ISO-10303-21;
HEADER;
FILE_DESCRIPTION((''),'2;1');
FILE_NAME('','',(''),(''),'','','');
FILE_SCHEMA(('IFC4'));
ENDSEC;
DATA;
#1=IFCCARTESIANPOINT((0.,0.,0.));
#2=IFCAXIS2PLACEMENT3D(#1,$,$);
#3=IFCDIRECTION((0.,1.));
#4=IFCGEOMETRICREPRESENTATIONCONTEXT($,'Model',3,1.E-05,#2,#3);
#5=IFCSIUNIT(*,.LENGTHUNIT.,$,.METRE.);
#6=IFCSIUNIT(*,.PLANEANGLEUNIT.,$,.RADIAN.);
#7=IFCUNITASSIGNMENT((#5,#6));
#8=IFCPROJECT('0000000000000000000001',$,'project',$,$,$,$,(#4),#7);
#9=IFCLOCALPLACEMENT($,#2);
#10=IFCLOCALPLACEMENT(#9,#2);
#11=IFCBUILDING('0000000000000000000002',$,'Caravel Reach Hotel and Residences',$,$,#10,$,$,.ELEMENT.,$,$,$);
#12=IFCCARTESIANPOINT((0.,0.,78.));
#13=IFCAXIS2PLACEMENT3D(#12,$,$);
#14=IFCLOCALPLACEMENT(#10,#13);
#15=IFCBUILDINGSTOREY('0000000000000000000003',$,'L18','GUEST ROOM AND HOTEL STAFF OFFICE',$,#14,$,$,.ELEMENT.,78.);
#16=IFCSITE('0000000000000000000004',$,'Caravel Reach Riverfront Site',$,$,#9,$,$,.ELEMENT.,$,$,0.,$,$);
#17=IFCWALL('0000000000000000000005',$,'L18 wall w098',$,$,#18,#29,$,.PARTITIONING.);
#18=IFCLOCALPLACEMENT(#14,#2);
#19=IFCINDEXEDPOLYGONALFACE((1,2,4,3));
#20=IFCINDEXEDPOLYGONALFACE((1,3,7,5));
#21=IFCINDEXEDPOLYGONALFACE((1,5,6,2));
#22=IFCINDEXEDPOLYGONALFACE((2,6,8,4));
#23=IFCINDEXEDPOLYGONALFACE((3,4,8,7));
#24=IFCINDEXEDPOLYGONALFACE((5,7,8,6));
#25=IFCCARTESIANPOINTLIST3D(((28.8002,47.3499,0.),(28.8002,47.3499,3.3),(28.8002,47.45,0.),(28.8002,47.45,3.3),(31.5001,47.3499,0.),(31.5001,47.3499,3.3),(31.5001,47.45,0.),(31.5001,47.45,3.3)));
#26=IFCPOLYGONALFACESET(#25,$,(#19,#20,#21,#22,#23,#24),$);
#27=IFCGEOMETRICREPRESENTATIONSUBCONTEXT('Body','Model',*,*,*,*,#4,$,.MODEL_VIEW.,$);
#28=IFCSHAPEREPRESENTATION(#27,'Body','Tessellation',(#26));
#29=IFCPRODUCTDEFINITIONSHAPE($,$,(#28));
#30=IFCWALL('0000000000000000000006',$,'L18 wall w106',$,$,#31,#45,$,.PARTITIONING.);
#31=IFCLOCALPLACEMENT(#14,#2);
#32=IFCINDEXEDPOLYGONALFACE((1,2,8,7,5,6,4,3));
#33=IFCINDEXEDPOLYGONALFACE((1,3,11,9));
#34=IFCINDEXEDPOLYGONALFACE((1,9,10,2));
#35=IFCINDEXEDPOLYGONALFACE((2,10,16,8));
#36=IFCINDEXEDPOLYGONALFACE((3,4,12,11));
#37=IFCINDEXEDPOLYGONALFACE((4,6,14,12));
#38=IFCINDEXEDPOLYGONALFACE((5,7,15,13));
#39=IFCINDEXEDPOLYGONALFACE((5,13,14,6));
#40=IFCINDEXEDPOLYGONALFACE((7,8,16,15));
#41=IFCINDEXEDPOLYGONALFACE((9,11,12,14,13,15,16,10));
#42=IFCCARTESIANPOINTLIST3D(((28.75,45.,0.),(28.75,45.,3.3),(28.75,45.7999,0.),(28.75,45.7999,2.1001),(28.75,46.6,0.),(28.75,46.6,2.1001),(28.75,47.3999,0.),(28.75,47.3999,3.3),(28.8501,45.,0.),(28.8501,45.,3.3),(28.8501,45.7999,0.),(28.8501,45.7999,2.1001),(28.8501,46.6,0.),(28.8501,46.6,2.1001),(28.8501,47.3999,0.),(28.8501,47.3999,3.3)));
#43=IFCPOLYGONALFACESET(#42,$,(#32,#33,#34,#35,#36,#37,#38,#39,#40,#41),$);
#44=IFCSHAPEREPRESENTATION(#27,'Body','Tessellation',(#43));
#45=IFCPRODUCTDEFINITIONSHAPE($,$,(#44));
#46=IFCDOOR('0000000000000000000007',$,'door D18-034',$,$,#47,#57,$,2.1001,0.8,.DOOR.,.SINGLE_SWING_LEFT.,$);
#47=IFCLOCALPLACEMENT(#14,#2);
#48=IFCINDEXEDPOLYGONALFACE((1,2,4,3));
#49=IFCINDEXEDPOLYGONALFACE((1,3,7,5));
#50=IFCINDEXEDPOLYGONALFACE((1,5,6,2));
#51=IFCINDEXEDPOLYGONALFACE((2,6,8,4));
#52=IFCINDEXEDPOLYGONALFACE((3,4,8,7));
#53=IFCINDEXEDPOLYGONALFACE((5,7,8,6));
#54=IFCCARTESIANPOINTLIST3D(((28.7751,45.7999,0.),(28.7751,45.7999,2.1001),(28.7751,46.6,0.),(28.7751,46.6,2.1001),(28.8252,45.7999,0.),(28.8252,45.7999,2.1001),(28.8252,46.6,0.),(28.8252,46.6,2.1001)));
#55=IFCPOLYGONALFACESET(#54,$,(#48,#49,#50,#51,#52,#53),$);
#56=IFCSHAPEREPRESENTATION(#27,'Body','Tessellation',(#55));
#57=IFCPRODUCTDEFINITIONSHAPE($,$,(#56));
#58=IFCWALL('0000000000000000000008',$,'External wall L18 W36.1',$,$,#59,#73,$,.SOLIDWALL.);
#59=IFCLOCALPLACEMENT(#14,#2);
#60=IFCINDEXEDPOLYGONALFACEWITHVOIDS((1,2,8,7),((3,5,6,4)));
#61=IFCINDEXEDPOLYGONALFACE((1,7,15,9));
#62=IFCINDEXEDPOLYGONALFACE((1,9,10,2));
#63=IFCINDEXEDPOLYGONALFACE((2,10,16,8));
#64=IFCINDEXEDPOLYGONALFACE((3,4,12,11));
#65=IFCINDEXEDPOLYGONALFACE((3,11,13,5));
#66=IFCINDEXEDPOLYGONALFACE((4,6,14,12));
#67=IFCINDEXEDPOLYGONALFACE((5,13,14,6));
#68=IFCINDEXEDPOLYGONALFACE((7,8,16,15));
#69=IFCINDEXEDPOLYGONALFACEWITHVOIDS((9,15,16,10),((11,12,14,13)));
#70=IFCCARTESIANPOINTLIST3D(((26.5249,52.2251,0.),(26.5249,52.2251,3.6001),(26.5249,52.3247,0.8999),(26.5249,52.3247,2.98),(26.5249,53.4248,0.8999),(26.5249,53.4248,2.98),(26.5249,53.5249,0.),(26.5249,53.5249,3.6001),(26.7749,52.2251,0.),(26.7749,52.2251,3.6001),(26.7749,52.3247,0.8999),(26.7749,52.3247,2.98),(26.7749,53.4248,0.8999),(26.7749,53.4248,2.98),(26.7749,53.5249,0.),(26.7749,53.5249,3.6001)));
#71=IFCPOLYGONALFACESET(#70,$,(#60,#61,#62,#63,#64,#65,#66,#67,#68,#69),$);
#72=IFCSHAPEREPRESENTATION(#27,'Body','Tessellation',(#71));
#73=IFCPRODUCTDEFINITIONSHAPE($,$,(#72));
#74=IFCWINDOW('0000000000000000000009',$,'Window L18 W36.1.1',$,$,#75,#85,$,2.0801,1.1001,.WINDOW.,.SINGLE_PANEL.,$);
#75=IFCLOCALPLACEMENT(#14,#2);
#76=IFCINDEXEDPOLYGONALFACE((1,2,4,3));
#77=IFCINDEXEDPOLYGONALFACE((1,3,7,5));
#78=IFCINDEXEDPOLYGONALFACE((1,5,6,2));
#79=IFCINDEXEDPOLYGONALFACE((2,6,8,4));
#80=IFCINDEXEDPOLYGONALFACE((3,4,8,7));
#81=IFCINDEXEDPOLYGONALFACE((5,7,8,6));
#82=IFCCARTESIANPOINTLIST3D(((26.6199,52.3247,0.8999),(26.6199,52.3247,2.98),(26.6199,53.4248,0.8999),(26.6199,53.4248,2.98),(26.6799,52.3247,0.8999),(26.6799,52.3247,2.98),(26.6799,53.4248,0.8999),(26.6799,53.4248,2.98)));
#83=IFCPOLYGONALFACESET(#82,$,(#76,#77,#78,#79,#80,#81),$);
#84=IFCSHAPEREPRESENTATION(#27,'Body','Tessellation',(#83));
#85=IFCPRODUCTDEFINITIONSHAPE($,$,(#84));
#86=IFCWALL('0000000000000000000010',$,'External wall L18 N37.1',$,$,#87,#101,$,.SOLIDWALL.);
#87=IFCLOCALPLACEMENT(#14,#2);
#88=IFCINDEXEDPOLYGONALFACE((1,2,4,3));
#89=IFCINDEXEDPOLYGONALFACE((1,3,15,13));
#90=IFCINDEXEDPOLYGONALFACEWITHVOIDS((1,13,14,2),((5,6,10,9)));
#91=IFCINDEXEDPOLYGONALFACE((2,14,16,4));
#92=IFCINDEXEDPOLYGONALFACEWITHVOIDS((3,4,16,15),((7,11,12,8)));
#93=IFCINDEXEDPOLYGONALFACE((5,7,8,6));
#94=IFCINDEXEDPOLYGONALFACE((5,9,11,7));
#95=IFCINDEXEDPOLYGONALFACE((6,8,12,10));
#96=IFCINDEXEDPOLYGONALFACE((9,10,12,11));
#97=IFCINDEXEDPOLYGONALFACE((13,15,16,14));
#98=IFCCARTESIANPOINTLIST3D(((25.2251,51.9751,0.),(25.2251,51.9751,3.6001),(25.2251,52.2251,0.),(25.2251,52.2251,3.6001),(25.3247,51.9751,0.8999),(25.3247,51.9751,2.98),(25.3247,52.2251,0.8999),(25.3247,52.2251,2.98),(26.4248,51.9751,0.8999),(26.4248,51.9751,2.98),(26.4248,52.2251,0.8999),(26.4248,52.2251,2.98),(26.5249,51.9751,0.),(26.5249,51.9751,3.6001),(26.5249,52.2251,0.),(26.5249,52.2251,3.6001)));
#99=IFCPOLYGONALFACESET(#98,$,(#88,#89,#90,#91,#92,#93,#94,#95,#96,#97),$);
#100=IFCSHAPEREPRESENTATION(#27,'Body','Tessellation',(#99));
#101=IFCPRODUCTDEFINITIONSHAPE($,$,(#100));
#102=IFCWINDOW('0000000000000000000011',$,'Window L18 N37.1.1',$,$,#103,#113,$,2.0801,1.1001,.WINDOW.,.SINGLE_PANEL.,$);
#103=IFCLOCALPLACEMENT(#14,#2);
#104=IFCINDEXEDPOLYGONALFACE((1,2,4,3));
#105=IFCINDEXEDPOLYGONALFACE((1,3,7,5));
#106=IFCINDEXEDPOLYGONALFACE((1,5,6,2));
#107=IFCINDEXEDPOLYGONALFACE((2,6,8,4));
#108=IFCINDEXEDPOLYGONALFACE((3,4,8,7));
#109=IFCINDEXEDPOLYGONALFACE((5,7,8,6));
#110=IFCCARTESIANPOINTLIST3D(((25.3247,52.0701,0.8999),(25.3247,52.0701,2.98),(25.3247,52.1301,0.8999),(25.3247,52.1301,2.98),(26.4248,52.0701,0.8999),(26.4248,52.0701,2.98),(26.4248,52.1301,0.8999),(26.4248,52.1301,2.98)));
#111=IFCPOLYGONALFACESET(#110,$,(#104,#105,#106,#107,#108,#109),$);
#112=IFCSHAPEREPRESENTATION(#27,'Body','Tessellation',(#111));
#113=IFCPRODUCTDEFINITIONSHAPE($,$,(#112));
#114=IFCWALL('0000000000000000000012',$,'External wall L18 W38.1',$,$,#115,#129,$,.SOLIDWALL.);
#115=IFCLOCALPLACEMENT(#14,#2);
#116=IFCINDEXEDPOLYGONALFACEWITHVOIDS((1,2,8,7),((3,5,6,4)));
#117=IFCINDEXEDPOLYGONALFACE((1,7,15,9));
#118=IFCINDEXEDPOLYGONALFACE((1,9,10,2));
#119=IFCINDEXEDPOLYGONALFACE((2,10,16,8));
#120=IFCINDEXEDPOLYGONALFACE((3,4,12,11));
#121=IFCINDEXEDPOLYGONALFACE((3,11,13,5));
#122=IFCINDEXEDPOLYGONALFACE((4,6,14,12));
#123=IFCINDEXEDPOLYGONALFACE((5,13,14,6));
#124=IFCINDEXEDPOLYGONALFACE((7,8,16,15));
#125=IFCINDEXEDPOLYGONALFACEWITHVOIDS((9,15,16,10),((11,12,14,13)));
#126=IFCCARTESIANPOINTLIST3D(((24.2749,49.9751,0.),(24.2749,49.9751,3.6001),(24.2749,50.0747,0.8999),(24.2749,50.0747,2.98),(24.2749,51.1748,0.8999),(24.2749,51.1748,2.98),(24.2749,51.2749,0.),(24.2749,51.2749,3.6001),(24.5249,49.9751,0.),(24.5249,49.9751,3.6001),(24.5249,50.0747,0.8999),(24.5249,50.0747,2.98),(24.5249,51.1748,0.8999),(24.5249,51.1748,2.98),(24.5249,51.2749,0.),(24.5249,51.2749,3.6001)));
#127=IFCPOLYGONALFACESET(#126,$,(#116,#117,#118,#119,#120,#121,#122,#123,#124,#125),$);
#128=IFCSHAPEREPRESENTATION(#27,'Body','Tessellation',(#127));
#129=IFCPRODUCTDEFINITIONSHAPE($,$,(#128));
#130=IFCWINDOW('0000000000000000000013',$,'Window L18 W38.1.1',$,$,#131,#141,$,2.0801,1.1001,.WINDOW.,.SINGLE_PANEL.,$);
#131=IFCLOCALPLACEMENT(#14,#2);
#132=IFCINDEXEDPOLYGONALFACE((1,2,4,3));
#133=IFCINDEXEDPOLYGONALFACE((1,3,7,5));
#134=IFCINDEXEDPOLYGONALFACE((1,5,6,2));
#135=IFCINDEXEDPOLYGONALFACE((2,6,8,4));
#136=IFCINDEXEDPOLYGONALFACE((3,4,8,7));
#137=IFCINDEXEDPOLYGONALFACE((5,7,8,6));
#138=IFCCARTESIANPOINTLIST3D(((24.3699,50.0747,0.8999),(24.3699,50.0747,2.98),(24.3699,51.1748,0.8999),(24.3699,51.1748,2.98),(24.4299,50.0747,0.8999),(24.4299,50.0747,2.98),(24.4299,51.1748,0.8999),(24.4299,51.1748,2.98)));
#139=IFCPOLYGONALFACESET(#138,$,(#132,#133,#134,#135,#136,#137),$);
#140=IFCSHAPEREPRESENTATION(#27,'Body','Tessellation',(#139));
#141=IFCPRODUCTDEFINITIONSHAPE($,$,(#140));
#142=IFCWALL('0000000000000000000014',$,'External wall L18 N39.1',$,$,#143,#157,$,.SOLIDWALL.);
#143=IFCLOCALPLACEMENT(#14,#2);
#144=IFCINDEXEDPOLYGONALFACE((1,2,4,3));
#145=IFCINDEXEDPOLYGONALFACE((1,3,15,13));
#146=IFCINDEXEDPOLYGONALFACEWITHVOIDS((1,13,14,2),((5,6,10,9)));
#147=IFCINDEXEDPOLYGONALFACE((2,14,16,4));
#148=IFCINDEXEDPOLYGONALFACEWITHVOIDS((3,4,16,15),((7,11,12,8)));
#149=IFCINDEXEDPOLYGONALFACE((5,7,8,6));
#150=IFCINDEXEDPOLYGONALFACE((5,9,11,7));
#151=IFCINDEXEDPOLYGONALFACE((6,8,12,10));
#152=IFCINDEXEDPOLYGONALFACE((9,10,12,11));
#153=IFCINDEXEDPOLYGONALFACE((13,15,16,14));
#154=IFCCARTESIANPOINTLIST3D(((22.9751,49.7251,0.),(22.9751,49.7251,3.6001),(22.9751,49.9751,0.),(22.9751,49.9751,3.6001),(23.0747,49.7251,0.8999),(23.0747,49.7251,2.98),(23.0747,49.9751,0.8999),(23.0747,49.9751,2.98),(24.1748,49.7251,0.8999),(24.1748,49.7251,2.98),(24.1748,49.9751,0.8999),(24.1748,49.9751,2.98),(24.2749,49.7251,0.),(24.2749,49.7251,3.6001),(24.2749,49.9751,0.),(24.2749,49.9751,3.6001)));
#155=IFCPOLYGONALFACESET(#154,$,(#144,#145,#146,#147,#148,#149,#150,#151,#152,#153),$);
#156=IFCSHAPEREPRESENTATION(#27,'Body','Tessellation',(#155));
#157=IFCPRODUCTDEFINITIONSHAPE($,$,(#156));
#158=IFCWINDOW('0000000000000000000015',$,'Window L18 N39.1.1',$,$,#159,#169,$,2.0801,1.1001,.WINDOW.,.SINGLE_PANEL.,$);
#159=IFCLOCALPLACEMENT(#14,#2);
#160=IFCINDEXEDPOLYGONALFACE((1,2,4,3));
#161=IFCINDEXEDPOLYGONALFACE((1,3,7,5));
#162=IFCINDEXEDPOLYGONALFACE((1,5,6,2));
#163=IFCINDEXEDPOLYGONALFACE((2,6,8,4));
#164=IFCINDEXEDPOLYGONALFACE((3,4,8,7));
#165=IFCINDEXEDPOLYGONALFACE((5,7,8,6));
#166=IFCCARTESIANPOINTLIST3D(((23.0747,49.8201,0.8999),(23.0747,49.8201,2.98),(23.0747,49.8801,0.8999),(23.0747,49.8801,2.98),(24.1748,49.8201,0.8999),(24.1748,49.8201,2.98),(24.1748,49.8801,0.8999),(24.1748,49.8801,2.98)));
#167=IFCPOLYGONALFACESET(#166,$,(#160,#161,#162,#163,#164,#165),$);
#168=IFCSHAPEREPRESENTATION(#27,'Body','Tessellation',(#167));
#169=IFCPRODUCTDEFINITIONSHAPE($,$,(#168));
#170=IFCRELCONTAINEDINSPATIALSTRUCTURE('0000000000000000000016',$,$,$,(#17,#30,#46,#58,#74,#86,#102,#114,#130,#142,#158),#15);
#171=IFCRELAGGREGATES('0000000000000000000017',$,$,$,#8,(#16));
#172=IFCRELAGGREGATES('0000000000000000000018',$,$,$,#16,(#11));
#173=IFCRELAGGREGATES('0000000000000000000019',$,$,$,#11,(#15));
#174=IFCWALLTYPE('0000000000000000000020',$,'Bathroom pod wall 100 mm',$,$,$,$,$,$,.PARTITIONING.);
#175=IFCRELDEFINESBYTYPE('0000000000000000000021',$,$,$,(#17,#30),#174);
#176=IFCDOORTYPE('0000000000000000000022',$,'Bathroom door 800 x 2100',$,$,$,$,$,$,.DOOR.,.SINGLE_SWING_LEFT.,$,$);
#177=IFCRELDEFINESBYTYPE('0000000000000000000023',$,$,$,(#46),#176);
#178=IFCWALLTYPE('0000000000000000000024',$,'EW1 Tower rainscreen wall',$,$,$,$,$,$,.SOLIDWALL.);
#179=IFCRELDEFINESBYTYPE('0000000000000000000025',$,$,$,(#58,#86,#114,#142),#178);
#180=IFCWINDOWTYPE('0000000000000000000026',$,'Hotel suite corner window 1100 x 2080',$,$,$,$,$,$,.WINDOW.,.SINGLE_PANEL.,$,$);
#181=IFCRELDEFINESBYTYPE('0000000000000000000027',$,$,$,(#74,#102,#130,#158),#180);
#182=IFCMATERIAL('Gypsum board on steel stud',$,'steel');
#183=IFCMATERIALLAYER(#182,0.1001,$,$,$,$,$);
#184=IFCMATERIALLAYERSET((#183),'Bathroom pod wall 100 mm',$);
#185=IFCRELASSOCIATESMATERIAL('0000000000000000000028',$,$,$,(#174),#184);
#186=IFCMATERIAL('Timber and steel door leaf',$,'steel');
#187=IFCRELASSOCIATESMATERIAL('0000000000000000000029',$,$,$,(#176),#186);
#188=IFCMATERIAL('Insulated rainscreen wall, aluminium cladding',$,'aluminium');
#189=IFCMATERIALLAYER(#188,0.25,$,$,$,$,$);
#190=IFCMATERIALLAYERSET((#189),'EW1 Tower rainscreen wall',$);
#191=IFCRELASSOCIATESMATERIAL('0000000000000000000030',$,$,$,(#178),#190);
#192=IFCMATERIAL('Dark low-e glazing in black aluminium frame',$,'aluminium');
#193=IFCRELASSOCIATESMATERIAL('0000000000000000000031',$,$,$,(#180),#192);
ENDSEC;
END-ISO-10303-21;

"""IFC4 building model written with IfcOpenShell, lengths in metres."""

from ifc_helpers import new_model, si_unit, direction, frame, frame_2d, origin, place, context, subcontext, project, spatial, rectangle, extrude, material, layer, layer_set, type_object, element, fill, save


model = new_model("IFC4")

# Units and contexts
model_context = context("Model", 3, precision=1e-05, world=origin(), true_north=direction((0.0, 1.0)))
body_context = subcontext(model_context, "Body", "Model", "MODEL_VIEW")
ifc_project = project(units=[si_unit("LENGTHUNIT", "METRE"), si_unit("PLANEANGLEUNIT", "RADIAN")], contexts=[model_context])

# Site, building, storey
site_placement = place(None, origin())
site = spatial("IfcSite", under=ifc_project, at=site_placement, Name="Caravel Reach Riverfront Site", CompositionType="ELEMENT", RefElevation=0.0)
building_placement = place(site_placement, origin())
building = spatial("IfcBuilding", under=site, at=building_placement, Name="Caravel Reach Hotel and Residences", CompositionType="ELEMENT")
storey_placement = place(building_placement, frame((0.0, 0.0, 78.0)))
storey = spatial("IfcBuildingStorey", under=building, at=storey_placement, Name="L18", Description="GUEST ROOM AND HOTEL STAFF OFFICE", CompositionType="ELEMENT", Elevation=78.0)

# Wall
ifc_material_1 = material(Name="Gypsum board on steel stud", Category="steel")
ifc_layer_1 = layer(ifc_material_1, 0.1001)
ifc_layer_set_1 = layer_set([ifc_layer_1], Name="Bathroom pod wall 100 mm")
wall_type_1 = type_object("IfcWallType", Name="Bathroom pod wall 100 mm", PredefinedType="PARTITIONING", material=ifc_layer_set_1)
for number, where, z_axis, x_axis, name in (
    (1, (28.8, 47.3999, 0.0), (0.0, 0.0, 1.0), (1.0, 0.0, 0.0), "L18 wall w098"),
):
    element("IfcWall", number, at=place(storey_placement, frame(where, z_axis=z_axis, x_axis=x_axis)), inside=storey, type_object=wall_type_1, Name=name, PredefinedType="PARTITIONING", context=body_context, shape_type="SweptSolid", body=[
        extrude(rectangle(XDim=2.7, YDim=0.1001, at=frame_2d((1.3501, 0.0))), origin(), (0.0, 0.0, 1.0), 3.3),
    ])

# Wall, opening, door
wall_1_placement = place(storey_placement, frame((28.8, 45.0, 0.0), z_axis=(0.0, 0.0, 1.0), x_axis=(0.0, 1.0, 0.0)))
wall_1 = element("IfcWall", 2, at=wall_1_placement, inside=storey, type_object=wall_type_1, Name="L18 wall w106", PredefinedType="PARTITIONING", context=body_context, shape_type="SweptSolid", body=[
    extrude(rectangle(XDim=2.3999, YDim=0.1001, at=frame_2d((1.2, 0.0))), origin(), (0.0, 0.0, 1.0), 3.3),
])
opening_1_placement = place(wall_1_placement, frame((0.8, 0.0, 0.0)))
opening_1 = element("IfcOpeningElement", 3, at=opening_1_placement, cuts=wall_1, PredefinedType="OPENING", context=body_context, shape_type="SweptSolid", body=[
    extrude(rectangle(XDim=0.8, YDim=2.1001, at=frame_2d((0.3999, 1.05))), frame((0.0, 0.0601, 0.0), z_axis=(0.0, -1.0, 0.0), x_axis=(1.0, 0.0, 0.0)), (0.0, 0.0, 1.0), 0.1201),
])
ifc_material_2 = material(Name="Timber and steel door leaf", Category="steel")
door_type = type_object("IfcDoorType", Name="Bathroom door 800 x 2100", OperationType="SINGLE_SWING_LEFT", PredefinedType="DOOR", material=ifc_material_2)
door_placement = place(opening_1_placement, origin())
door = element("IfcDoor", 4, at=door_placement, inside=storey, type_object=door_type, Name="door D18-034", OperationType="SINGLE_SWING_LEFT", OverallHeight=2.1001, OverallWidth=0.8, PredefinedType="DOOR", context=body_context, shape_type="SweptSolid", body=[
    extrude(rectangle(XDim=0.8, YDim=2.1001, at=frame_2d((0.3999, 1.05))), frame((0.0, 0.0249, 0.0), z_axis=(0.0, -1.0, 0.0), x_axis=(1.0, 0.0, 0.0)), (0.0, 0.0, 1.0), 0.05),
])
fill(opening_1, door)

# Walls, openings, windows
ifc_material_3 = material(Name="Insulated rainscreen wall, aluminium cladding", Category="aluminium")
ifc_layer_2 = layer(ifc_material_3, 0.25)
ifc_layer_set_2 = layer_set([ifc_layer_2], Name="EW1 Tower rainscreen wall")
wall_type_2 = type_object("IfcWallType", Name="EW1 Tower rainscreen wall", PredefinedType="SOLIDWALL", material=ifc_layer_set_2)
wall_2_placement = place(storey_placement, frame((26.6499, 53.5249, 0.0), z_axis=(0.0, 0.0, 1.0), x_axis=(0.0, -1.0, 0.0)))
wall_2 = element("IfcWall", 5, at=wall_2_placement, inside=storey, type_object=wall_type_2, Name="External wall L18 W36.1", PredefinedType="SOLIDWALL", context=body_context, shape_type="SweptSolid", body=[
    extrude(rectangle(XDim=1.2998, YDim=0.25, at=frame_2d((0.6499, 0.0))), origin(), (0.0, 0.0, 1.0), 3.6001),
])
opening_2_placement = place(wall_2_placement, frame((0.1001, 0.0, 0.8999)))
opening_2 = element("IfcOpeningElement", 6, at=opening_2_placement, cuts=wall_2, PredefinedType="OPENING", context=body_context, shape_type="SweptSolid", body=[
    extrude(rectangle(XDim=1.1001, YDim=2.0801, at=frame_2d((0.55, 1.04))), frame((0.0, 0.135, 0.0), z_axis=(0.0, -1.0, 0.0), x_axis=(1.0, 0.0, 0.0)), (0.0, 0.0, 1.0), 0.27),
])
ifc_material_4 = material(Name="Dark low-e glazing in black aluminium frame", Category="aluminium")
window_type_1 = type_object("IfcWindowType", Name="Hotel suite corner window 1100 x 2080", PartitioningType="SINGLE_PANEL", PredefinedType="WINDOW", material=ifc_material_4)
window_1_placement = place(opening_2_placement, origin())
window_1 = element("IfcWindow", 7, at=window_1_placement, inside=storey, type_object=window_type_1, Name="Window L18 W36.1.1", OverallHeight=2.0801, OverallWidth=1.1001, PartitioningType="SINGLE_PANEL", PredefinedType="WINDOW", context=body_context, shape_type="SweptSolid", body=[
    extrude(rectangle(XDim=1.1001, YDim=2.0801, at=frame_2d((0.55, 1.04))), frame((0.0, 0.03, 0.0), z_axis=(0.0, -1.0, 0.0), x_axis=(1.0, 0.0, 0.0)), (0.0, 0.0, 1.0), 0.0601),
])
fill(opening_2, window_1)
wall_3_placement = place(storey_placement, frame((26.5249, 52.1001, 0.0), z_axis=(0.0, 0.0, 1.0), x_axis=(-1.0, 0.0, 0.0)))
wall_3 = element("IfcWall", 8, at=wall_3_placement, inside=storey, type_object=wall_type_2, Name="External wall L18 N37.1", PredefinedType="SOLIDWALL", context=body_context, shape_type="SweptSolid", body=[
    extrude(rectangle(XDim=1.2998, YDim=0.25, at=frame_2d((0.6499, 0.0))), origin(), (0.0, 0.0, 1.0), 3.6001),
])
opening_3_placement = place(wall_3_placement, frame((0.1001, 0.0, 0.8999)))
opening_3 = element("IfcOpeningElement", 9, at=opening_3_placement, cuts=wall_3, PredefinedType="OPENING", context=body_context, shape_type="SweptSolid", body=[
    extrude(rectangle(XDim=1.1001, YDim=2.0801, at=frame_2d((0.55, 1.04))), frame((0.0, 0.135, 0.0), z_axis=(0.0, -1.0, 0.0), x_axis=(1.0, 0.0, 0.0)), (0.0, 0.0, 1.0), 0.27),
])
window_2_placement = place(opening_3_placement, origin())
window_2 = element("IfcWindow", 10, at=window_2_placement, inside=storey, type_object=window_type_1, Name="Window L18 N37.1.1", OverallHeight=2.0801, OverallWidth=1.1001, PartitioningType="SINGLE_PANEL", PredefinedType="WINDOW", context=body_context, shape_type="SweptSolid", body=[
    extrude(rectangle(XDim=1.1001, YDim=2.0801, at=frame_2d((0.55, 1.04))), frame((0.0, 0.03, 0.0), z_axis=(0.0, -1.0, 0.0), x_axis=(1.0, 0.0, 0.0)), (0.0, 0.0, 1.0), 0.0601),
])
fill(opening_3, window_2)
wall_4_placement = place(storey_placement, frame((24.3999, 51.2749, 0.0), z_axis=(0.0, 0.0, 1.0), x_axis=(0.0, -1.0, 0.0)))
wall_4 = element("IfcWall", 11, at=wall_4_placement, inside=storey, type_object=wall_type_2, Name="External wall L18 W38.1", PredefinedType="SOLIDWALL", context=body_context, shape_type="SweptSolid", body=[
    extrude(rectangle(XDim=1.2998, YDim=0.25, at=frame_2d((0.6499, 0.0))), origin(), (0.0, 0.0, 1.0), 3.6001),
])
opening_4_placement = place(wall_4_placement, frame((0.1001, 0.0, 0.8999)))
opening_4 = element("IfcOpeningElement", 12, at=opening_4_placement, cuts=wall_4, PredefinedType="OPENING", context=body_context, shape_type="SweptSolid", body=[
    extrude(rectangle(XDim=1.1001, YDim=2.0801, at=frame_2d((0.55, 1.04))), frame((0.0, 0.135, 0.0), z_axis=(0.0, -1.0, 0.0), x_axis=(1.0, 0.0, 0.0)), (0.0, 0.0, 1.0), 0.27),
])
window_3_placement = place(opening_4_placement, origin())
window_3 = element("IfcWindow", 13, at=window_3_placement, inside=storey, type_object=window_type_1, Name="Window L18 W38.1.1", OverallHeight=2.0801, OverallWidth=1.1001, PartitioningType="SINGLE_PANEL", PredefinedType="WINDOW", context=body_context, shape_type="SweptSolid", body=[
    extrude(rectangle(XDim=1.1001, YDim=2.0801, at=frame_2d((0.55, 1.04))), frame((0.0, 0.03, 0.0), z_axis=(0.0, -1.0, 0.0), x_axis=(1.0, 0.0, 0.0)), (0.0, 0.0, 1.0), 0.0601),
])
fill(opening_4, window_3)
wall_5_placement = place(storey_placement, frame((24.2749, 49.8501, 0.0), z_axis=(0.0, 0.0, 1.0), x_axis=(-1.0, 0.0, 0.0)))
wall_5 = element("IfcWall", 14, at=wall_5_placement, inside=storey, type_object=wall_type_2, Name="External wall L18 N39.1", PredefinedType="SOLIDWALL", context=body_context, shape_type="SweptSolid", body=[
    extrude(rectangle(XDim=1.2998, YDim=0.25, at=frame_2d((0.6499, 0.0))), origin(), (0.0, 0.0, 1.0), 3.6001),
])
opening_5_placement = place(wall_5_placement, frame((0.1001, 0.0, 0.8999)))
opening_5 = element("IfcOpeningElement", 15, at=opening_5_placement, cuts=wall_5, PredefinedType="OPENING", context=body_context, shape_type="SweptSolid", body=[
    extrude(rectangle(XDim=1.1001, YDim=2.0801, at=frame_2d((0.55, 1.04))), frame((0.0, 0.135, 0.0), z_axis=(0.0, -1.0, 0.0), x_axis=(1.0, 0.0, 0.0)), (0.0, 0.0, 1.0), 0.27),
])
window_4_placement = place(opening_5_placement, origin())
window_4 = element("IfcWindow", 16, at=window_4_placement, inside=storey, type_object=window_type_1, Name="Window L18 N39.1.1", OverallHeight=2.0801, OverallWidth=1.1001, PartitioningType="SINGLE_PANEL", PredefinedType="WINDOW", context=body_context, shape_type="SweptSolid", body=[
    extrude(rectangle(XDim=1.1001, YDim=2.0801, at=frame_2d((0.55, 1.04))), frame((0.0, 0.03, 0.0), z_axis=(0.0, -1.0, 0.0), x_axis=(1.0, 0.0, 0.0)), (0.0, 0.0, 1.0), 0.0601),
])
fill(opening_5, window_4)

save(model, "model.ifc")
